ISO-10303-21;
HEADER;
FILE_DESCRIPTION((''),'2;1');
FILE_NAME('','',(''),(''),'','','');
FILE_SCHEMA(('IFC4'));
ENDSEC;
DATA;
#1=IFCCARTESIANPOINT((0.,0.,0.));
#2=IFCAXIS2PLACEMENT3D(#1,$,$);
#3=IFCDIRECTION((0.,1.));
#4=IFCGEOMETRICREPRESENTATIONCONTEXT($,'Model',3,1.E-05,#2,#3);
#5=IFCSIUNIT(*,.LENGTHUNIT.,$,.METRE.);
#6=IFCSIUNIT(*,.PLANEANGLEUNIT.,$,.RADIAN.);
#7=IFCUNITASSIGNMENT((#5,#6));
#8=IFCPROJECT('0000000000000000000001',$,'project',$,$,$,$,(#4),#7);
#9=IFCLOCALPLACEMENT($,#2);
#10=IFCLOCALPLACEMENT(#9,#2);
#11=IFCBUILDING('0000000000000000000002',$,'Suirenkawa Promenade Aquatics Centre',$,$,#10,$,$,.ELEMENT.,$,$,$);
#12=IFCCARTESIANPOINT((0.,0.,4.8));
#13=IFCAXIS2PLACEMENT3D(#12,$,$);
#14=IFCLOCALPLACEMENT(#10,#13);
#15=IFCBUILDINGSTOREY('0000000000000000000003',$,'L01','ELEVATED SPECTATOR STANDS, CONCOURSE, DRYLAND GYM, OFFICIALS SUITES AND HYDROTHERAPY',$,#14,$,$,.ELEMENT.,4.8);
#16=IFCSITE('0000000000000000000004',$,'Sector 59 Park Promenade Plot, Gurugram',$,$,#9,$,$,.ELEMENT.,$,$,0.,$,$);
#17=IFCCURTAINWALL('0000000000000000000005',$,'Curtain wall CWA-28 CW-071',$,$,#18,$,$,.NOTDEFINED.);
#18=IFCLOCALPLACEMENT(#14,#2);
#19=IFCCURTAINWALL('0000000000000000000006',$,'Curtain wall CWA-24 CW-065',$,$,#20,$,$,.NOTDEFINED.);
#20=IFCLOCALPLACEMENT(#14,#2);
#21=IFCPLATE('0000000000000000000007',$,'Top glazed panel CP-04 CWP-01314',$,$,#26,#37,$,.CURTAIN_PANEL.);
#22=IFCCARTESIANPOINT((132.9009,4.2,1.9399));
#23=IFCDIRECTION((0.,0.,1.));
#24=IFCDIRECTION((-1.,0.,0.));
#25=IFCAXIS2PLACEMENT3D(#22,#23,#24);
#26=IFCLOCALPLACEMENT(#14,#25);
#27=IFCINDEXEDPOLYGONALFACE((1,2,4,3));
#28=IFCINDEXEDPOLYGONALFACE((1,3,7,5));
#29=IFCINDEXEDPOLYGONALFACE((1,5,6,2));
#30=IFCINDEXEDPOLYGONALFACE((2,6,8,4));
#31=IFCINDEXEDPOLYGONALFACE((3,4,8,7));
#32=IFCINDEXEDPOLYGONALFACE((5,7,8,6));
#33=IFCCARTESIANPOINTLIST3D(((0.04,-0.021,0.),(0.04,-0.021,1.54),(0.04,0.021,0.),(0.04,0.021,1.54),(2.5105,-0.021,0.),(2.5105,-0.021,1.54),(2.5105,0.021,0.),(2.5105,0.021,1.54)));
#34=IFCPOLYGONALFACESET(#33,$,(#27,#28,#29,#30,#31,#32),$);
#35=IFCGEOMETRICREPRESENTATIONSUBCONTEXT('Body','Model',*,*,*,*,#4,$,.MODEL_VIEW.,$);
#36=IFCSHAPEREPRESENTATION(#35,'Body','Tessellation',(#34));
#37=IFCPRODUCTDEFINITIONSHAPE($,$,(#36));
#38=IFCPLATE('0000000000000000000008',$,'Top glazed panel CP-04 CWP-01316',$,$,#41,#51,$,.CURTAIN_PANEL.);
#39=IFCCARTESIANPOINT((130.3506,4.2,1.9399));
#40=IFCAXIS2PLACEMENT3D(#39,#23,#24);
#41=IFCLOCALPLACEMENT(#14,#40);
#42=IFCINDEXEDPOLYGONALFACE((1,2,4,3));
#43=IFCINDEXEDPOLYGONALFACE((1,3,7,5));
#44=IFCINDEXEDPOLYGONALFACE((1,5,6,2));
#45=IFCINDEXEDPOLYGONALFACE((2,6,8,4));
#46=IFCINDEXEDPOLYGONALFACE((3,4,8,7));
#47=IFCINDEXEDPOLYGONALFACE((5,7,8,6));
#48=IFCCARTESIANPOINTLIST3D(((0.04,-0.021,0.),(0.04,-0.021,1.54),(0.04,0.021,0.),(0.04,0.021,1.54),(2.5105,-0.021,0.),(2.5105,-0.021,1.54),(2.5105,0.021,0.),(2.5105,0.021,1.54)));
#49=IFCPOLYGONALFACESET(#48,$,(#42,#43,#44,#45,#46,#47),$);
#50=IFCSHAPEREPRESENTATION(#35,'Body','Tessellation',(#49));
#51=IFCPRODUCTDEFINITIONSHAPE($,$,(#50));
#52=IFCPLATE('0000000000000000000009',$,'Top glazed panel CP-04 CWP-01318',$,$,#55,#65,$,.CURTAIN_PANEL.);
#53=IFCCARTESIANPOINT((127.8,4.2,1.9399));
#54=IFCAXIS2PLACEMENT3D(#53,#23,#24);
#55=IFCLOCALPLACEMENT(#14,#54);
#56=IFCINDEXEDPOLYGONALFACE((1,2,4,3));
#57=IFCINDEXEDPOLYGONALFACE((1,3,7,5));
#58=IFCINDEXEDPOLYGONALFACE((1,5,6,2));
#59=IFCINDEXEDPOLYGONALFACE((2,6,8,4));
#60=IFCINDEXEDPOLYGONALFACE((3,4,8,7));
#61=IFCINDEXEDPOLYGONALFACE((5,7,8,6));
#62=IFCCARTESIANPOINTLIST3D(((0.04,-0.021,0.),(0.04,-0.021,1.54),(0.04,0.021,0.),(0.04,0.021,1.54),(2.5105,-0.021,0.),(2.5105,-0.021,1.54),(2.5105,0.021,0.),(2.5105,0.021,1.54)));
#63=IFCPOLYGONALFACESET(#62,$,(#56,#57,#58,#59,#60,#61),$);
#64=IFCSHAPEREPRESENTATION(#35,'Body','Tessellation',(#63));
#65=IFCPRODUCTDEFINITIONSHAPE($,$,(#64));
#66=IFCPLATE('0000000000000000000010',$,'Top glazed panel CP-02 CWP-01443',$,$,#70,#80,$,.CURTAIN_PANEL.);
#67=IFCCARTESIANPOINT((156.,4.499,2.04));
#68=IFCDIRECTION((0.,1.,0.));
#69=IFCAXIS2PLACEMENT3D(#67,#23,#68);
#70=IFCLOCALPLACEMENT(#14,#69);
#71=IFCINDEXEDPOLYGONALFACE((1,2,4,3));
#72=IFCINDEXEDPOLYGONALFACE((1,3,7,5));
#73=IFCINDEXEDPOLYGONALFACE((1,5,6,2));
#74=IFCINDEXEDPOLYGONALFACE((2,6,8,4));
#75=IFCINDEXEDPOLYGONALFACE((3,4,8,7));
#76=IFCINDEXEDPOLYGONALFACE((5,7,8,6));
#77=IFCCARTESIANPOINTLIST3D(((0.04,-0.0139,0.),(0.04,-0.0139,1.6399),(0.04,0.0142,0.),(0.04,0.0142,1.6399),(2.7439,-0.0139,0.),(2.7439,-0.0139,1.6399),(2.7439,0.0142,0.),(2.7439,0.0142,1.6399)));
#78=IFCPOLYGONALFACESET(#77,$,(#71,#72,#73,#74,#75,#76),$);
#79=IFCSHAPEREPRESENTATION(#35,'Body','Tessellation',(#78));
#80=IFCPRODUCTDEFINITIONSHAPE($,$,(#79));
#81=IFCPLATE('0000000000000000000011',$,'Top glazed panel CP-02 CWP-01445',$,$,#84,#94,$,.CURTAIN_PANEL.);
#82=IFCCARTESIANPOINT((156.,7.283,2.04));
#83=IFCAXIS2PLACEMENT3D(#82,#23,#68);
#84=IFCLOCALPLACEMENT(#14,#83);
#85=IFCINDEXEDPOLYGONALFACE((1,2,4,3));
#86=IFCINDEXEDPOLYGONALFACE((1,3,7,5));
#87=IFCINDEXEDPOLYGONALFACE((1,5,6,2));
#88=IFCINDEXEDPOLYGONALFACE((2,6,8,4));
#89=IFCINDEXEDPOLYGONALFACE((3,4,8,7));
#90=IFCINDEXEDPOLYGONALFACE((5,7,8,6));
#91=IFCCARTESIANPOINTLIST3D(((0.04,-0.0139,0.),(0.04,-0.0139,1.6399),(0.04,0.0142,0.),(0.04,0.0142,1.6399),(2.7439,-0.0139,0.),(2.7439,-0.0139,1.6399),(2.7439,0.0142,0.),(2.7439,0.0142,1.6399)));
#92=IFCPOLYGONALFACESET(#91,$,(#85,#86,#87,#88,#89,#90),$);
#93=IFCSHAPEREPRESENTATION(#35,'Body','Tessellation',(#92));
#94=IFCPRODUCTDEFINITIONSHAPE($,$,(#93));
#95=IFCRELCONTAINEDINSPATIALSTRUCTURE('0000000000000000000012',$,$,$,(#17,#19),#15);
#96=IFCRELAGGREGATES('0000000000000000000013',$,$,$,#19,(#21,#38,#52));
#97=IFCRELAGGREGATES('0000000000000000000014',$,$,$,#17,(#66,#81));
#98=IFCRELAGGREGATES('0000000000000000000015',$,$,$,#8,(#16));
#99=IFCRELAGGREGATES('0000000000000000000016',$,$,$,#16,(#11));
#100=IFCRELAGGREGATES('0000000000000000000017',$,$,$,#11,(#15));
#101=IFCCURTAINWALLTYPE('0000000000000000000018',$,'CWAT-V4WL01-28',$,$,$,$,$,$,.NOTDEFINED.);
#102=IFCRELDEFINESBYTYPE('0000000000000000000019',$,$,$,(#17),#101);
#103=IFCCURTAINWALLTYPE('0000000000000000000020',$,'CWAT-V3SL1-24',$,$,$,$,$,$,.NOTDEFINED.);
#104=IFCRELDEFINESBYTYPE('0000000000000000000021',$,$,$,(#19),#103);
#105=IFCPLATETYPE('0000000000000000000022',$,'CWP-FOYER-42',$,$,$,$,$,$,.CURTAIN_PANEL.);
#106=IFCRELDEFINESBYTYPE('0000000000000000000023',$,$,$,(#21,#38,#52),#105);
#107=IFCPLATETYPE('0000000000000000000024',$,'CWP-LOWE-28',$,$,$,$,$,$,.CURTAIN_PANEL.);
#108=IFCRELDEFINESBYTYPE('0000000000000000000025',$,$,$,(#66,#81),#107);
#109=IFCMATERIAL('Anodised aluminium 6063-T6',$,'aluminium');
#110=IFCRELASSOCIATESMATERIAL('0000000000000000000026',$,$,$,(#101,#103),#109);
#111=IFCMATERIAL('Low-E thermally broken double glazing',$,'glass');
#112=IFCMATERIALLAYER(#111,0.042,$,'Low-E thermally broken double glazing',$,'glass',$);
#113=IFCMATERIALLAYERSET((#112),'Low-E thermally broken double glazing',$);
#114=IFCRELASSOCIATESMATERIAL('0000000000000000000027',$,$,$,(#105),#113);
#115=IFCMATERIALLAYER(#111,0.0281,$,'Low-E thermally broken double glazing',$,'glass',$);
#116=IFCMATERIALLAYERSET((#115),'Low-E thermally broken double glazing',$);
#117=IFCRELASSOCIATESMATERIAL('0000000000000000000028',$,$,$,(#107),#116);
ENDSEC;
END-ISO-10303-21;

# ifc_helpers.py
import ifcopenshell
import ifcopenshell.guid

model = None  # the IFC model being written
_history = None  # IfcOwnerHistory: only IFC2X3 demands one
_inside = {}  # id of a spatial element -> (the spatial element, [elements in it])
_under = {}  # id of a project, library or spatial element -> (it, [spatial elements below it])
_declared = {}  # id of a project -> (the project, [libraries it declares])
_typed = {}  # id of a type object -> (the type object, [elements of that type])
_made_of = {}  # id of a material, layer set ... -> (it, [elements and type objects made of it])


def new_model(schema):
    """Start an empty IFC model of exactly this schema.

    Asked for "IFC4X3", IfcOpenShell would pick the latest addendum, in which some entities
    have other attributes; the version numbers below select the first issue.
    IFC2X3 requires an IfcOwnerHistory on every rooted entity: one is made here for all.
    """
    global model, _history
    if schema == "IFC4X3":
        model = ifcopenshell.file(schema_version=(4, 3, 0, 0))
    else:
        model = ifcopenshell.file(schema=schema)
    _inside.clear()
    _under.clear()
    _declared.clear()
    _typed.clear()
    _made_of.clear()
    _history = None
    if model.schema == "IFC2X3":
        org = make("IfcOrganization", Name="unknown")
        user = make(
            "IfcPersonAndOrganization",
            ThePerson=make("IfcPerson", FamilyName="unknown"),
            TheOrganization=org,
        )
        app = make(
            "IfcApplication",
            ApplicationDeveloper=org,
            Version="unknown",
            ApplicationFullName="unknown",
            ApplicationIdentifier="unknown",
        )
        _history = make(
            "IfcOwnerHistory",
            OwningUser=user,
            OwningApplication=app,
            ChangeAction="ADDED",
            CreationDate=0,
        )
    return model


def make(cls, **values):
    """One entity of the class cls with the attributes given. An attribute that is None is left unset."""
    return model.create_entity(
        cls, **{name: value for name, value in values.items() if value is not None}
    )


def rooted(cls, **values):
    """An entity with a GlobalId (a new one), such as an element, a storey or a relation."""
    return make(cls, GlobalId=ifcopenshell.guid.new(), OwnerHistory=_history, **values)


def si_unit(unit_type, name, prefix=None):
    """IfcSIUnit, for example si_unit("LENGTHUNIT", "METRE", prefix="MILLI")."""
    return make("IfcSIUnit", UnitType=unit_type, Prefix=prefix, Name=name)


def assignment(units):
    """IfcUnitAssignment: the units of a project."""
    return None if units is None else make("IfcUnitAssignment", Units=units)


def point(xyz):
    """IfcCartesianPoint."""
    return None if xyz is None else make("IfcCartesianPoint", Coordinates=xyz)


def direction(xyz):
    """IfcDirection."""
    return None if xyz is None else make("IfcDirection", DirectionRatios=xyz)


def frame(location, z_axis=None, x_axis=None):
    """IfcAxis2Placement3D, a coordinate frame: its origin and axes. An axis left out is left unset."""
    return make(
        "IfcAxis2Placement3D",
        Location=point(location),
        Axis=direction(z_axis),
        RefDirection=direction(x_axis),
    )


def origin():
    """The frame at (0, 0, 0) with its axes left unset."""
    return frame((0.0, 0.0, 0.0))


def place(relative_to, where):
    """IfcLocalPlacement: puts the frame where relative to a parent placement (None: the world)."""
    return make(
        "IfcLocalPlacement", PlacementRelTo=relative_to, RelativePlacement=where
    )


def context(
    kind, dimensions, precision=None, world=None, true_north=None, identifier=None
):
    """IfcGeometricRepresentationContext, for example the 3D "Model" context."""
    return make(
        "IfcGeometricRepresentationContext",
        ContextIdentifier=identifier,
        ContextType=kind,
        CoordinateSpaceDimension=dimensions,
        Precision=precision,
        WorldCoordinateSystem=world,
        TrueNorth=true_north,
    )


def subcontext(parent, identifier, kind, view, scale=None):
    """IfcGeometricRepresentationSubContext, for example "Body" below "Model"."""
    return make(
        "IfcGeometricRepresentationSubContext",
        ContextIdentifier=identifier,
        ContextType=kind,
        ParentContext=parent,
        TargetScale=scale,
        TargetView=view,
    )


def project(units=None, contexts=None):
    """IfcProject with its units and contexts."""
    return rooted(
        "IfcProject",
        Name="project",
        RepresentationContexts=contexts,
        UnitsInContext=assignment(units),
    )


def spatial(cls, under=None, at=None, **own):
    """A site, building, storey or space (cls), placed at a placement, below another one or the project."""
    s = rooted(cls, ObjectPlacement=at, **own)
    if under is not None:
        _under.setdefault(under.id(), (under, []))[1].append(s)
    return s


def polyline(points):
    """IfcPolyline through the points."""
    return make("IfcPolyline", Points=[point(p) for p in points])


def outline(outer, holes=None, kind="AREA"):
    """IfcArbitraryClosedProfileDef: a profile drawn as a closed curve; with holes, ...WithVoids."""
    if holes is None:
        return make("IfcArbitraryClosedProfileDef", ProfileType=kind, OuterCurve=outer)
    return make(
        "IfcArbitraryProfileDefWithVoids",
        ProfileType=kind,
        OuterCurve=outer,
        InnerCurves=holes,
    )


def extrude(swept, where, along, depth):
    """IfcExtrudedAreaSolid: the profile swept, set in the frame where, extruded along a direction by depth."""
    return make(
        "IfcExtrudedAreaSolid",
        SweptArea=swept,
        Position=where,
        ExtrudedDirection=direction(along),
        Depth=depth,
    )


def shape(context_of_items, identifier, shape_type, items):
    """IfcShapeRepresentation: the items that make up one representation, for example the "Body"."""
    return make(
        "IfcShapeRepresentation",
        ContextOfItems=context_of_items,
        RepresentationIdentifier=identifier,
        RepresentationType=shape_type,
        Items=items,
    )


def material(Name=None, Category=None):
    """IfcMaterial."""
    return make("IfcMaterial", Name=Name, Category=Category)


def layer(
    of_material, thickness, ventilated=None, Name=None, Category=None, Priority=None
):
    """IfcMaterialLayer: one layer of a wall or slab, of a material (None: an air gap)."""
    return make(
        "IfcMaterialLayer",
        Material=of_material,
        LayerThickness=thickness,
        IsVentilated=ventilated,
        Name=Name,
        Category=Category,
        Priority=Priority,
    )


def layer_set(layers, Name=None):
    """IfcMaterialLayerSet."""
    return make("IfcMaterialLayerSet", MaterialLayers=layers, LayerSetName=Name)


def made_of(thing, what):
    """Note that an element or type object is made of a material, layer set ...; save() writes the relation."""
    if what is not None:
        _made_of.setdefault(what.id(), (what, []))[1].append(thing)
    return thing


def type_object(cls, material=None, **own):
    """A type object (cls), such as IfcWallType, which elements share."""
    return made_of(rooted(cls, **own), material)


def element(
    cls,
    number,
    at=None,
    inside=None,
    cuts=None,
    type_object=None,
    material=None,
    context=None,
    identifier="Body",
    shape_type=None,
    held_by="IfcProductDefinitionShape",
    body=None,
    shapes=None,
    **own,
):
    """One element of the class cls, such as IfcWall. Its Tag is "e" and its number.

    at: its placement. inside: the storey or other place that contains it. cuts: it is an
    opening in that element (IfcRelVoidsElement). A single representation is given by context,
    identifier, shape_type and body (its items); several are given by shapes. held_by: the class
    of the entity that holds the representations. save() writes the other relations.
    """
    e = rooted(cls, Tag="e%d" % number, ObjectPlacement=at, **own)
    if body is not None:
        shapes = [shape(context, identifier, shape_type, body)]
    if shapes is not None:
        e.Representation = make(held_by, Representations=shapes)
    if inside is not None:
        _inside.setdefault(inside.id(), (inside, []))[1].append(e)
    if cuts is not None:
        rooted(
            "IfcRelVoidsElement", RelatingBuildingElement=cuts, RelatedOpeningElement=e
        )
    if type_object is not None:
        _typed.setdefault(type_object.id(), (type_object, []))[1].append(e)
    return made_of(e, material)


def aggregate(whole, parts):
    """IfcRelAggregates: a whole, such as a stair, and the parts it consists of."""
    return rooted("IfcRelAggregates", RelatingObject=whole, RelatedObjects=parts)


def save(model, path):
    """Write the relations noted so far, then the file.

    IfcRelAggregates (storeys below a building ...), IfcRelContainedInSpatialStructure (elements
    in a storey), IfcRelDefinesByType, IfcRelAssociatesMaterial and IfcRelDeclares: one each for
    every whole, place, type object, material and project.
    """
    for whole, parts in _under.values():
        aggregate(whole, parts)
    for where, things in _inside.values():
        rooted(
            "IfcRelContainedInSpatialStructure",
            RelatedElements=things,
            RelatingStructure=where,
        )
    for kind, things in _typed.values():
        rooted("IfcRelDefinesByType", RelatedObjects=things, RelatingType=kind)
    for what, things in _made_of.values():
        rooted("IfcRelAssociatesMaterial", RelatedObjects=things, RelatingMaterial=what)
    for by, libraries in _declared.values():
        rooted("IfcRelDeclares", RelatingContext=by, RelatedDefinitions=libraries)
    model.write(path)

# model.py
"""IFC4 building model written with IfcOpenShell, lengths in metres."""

from ifc_helpers import new_model, si_unit, direction, frame, origin, place, context, subcontext, project, spatial, polyline, outline, extrude, material, layer, layer_set, type_object, element, aggregate, save


model = new_model("IFC4")

# Units and contexts
model_context = context("Model", 3, precision=1e-05, world=origin(), true_north=direction((0.0, 1.0)))
body_context = subcontext(model_context, "Body", "Model", "MODEL_VIEW")
ifc_project = project(units=[si_unit("LENGTHUNIT", "METRE"), si_unit("PLANEANGLEUNIT", "RADIAN")], contexts=[model_context])

# Site, building, storey
site_placement = place(None, origin())
site = spatial("IfcSite", under=ifc_project, at=site_placement, Name="Sector 59 Park Promenade Plot, Gurugram", CompositionType="ELEMENT", RefElevation=0.0)
building_placement = place(site_placement, origin())
building = spatial("IfcBuilding", under=site, at=building_placement, Name="Suirenkawa Promenade Aquatics Centre", CompositionType="ELEMENT")
storey_placement = place(building_placement, frame((0.0, 0.0, 4.8)))
storey = spatial("IfcBuildingStorey", under=building, at=storey_placement, Name="L01", Description="ELEVATED SPECTATOR STANDS, CONCOURSE, DRYLAND GYM, OFFICIALS SUITES AND HYDROTHERAPY", CompositionType="ELEMENT", Elevation=4.8)

# Curtain walls
ifc_material_1 = material(Name="Anodised aluminium 6063-T6", Category="aluminium")
curtain_wall_type_1 = type_object("IfcCurtainWallType", Name="CWAT-V4WL01-28", PredefinedType="NOTDEFINED", material=ifc_material_1)
curtain_wall_1_placement = place(storey_placement, origin())
curtain_wall_1 = element("IfcCurtainWall", 1, at=curtain_wall_1_placement, inside=storey, type_object=curtain_wall_type_1, Name="Curtain wall CWA-28 CW-071", PredefinedType="NOTDEFINED")
curtain_wall_type_2 = type_object("IfcCurtainWallType", Name="CWAT-V3SL1-24", PredefinedType="NOTDEFINED", material=ifc_material_1)
curtain_wall_2_placement = place(storey_placement, origin())
curtain_wall_2 = element("IfcCurtainWall", 2, at=curtain_wall_2_placement, inside=storey, type_object=curtain_wall_type_2, Name="Curtain wall CWA-24 CW-065", PredefinedType="NOTDEFINED")

# Plates
ifc_material_2 = material(Name="Low-E thermally broken double glazing", Category="glass")
ifc_layer_1 = layer(ifc_material_2, 0.042, Name="Low-E thermally broken double glazing", Category="glass")
ifc_layer_set_1 = layer_set([ifc_layer_1], Name="Low-E thermally broken double glazing")
plate_type_1 = type_object("IfcPlateType", Name="CWP-FOYER-42", PredefinedType="CURTAIN_PANEL", material=ifc_layer_set_1)
plate_1_placement = place(storey_placement, frame((132.9009, 4.2, 1.9399), z_axis=(0.0, 0.0, 1.0), x_axis=(-1.0, 0.0, 0.0)))
plate_1 = element("IfcPlate", 3, at=plate_1_placement, type_object=plate_type_1, Name="Top glazed panel CP-04 CWP-01314", PredefinedType="CURTAIN_PANEL", context=body_context, shape_type="SweptSolid", body=[
    extrude(outline(polyline([(0.04, 0.0), (2.5105, 0.0), (2.5105, 1.54), (0.04, 1.54), (0.04, 0.0)])), frame((0.0, 0.021, 0.0), z_axis=(0.0, -1.0, 0.0), x_axis=(1.0, 0.0, 0.0)), (0.0, 0.0, 1.0), 0.042),
])
plate_2_placement = place(storey_placement, frame((130.3506, 4.2, 1.9399), z_axis=(0.0, 0.0, 1.0), x_axis=(-1.0, 0.0, 0.0)))
plate_2 = element("IfcPlate", 4, at=plate_2_placement, type_object=plate_type_1, Name="Top glazed panel CP-04 CWP-01316", PredefinedType="CURTAIN_PANEL", context=body_context, shape_type="SweptSolid", body=[
    extrude(outline(polyline([(0.04, 0.0), (2.5105, 0.0), (2.5105, 1.54), (0.04, 1.54), (0.04, 0.0)])), frame((0.0, 0.021, 0.0), z_axis=(0.0, -1.0, 0.0), x_axis=(1.0, 0.0, 0.0)), (0.0, 0.0, 1.0), 0.042),
])
plate_3_placement = place(storey_placement, frame((127.8, 4.2, 1.9399), z_axis=(0.0, 0.0, 1.0), x_axis=(-1.0, 0.0, 0.0)))
plate_3 = element("IfcPlate", 5, at=plate_3_placement, type_object=plate_type_1, Name="Top glazed panel CP-04 CWP-01318", PredefinedType="CURTAIN_PANEL", context=body_context, shape_type="SweptSolid", body=[
    extrude(outline(polyline([(0.04, 0.0), (2.5105, 0.0), (2.5105, 1.54), (0.04, 1.54), (0.04, 0.0)])), frame((0.0, 0.021, 0.0), z_axis=(0.0, -1.0, 0.0), x_axis=(1.0, 0.0, 0.0)), (0.0, 0.0, 1.0), 0.042),
])
aggregate(curtain_wall_2, [plate_1, plate_2, plate_3])
ifc_layer_2 = layer(ifc_material_2, 0.0281, Name="Low-E thermally broken double glazing", Category="glass")
ifc_layer_set_2 = layer_set([ifc_layer_2], Name="Low-E thermally broken double glazing")
plate_type_2 = type_object("IfcPlateType", Name="CWP-LOWE-28", PredefinedType="CURTAIN_PANEL", material=ifc_layer_set_2)
plate_4_placement = place(storey_placement, frame((156.0, 4.499, 2.04), z_axis=(0.0, 0.0, 1.0), x_axis=(0.0, 1.0, 0.0)))
plate_4 = element("IfcPlate", 6, at=plate_4_placement, type_object=plate_type_2, Name="Top glazed panel CP-02 CWP-01443", PredefinedType="CURTAIN_PANEL", context=body_context, shape_type="SweptSolid", body=[
    extrude(outline(polyline([(0.04, 0.0), (2.7439, 0.0), (2.7439, 1.6399), (0.04, 1.6399), (0.04, 0.0)])), frame((0.0, 0.0142, 0.0), z_axis=(0.0, -1.0, 0.0), x_axis=(1.0, 0.0, 0.0)), (0.0, 0.0, 1.0), 0.0281),
])
plate_5_placement = place(storey_placement, frame((156.0, 7.283, 2.04), z_axis=(0.0, 0.0, 1.0), x_axis=(0.0, 1.0, 0.0)))
plate_5 = element("IfcPlate", 7, at=plate_5_placement, type_object=plate_type_2, Name="Top glazed panel CP-02 CWP-01445", PredefinedType="CURTAIN_PANEL", context=body_context, shape_type="SweptSolid", body=[
    extrude(outline(polyline([(0.04, 0.0), (2.7439, 0.0), (2.7439, 1.6399), (0.04, 1.6399), (0.04, 0.0)])), frame((0.0, 0.0142, 0.0), z_axis=(0.0, -1.0, 0.0), x_axis=(1.0, 0.0, 0.0)), (0.0, 0.0, 1.0), 0.0281),
])
aggregate(curtain_wall_1, [plate_4, plate_5])

save(model, "model.ifc")
